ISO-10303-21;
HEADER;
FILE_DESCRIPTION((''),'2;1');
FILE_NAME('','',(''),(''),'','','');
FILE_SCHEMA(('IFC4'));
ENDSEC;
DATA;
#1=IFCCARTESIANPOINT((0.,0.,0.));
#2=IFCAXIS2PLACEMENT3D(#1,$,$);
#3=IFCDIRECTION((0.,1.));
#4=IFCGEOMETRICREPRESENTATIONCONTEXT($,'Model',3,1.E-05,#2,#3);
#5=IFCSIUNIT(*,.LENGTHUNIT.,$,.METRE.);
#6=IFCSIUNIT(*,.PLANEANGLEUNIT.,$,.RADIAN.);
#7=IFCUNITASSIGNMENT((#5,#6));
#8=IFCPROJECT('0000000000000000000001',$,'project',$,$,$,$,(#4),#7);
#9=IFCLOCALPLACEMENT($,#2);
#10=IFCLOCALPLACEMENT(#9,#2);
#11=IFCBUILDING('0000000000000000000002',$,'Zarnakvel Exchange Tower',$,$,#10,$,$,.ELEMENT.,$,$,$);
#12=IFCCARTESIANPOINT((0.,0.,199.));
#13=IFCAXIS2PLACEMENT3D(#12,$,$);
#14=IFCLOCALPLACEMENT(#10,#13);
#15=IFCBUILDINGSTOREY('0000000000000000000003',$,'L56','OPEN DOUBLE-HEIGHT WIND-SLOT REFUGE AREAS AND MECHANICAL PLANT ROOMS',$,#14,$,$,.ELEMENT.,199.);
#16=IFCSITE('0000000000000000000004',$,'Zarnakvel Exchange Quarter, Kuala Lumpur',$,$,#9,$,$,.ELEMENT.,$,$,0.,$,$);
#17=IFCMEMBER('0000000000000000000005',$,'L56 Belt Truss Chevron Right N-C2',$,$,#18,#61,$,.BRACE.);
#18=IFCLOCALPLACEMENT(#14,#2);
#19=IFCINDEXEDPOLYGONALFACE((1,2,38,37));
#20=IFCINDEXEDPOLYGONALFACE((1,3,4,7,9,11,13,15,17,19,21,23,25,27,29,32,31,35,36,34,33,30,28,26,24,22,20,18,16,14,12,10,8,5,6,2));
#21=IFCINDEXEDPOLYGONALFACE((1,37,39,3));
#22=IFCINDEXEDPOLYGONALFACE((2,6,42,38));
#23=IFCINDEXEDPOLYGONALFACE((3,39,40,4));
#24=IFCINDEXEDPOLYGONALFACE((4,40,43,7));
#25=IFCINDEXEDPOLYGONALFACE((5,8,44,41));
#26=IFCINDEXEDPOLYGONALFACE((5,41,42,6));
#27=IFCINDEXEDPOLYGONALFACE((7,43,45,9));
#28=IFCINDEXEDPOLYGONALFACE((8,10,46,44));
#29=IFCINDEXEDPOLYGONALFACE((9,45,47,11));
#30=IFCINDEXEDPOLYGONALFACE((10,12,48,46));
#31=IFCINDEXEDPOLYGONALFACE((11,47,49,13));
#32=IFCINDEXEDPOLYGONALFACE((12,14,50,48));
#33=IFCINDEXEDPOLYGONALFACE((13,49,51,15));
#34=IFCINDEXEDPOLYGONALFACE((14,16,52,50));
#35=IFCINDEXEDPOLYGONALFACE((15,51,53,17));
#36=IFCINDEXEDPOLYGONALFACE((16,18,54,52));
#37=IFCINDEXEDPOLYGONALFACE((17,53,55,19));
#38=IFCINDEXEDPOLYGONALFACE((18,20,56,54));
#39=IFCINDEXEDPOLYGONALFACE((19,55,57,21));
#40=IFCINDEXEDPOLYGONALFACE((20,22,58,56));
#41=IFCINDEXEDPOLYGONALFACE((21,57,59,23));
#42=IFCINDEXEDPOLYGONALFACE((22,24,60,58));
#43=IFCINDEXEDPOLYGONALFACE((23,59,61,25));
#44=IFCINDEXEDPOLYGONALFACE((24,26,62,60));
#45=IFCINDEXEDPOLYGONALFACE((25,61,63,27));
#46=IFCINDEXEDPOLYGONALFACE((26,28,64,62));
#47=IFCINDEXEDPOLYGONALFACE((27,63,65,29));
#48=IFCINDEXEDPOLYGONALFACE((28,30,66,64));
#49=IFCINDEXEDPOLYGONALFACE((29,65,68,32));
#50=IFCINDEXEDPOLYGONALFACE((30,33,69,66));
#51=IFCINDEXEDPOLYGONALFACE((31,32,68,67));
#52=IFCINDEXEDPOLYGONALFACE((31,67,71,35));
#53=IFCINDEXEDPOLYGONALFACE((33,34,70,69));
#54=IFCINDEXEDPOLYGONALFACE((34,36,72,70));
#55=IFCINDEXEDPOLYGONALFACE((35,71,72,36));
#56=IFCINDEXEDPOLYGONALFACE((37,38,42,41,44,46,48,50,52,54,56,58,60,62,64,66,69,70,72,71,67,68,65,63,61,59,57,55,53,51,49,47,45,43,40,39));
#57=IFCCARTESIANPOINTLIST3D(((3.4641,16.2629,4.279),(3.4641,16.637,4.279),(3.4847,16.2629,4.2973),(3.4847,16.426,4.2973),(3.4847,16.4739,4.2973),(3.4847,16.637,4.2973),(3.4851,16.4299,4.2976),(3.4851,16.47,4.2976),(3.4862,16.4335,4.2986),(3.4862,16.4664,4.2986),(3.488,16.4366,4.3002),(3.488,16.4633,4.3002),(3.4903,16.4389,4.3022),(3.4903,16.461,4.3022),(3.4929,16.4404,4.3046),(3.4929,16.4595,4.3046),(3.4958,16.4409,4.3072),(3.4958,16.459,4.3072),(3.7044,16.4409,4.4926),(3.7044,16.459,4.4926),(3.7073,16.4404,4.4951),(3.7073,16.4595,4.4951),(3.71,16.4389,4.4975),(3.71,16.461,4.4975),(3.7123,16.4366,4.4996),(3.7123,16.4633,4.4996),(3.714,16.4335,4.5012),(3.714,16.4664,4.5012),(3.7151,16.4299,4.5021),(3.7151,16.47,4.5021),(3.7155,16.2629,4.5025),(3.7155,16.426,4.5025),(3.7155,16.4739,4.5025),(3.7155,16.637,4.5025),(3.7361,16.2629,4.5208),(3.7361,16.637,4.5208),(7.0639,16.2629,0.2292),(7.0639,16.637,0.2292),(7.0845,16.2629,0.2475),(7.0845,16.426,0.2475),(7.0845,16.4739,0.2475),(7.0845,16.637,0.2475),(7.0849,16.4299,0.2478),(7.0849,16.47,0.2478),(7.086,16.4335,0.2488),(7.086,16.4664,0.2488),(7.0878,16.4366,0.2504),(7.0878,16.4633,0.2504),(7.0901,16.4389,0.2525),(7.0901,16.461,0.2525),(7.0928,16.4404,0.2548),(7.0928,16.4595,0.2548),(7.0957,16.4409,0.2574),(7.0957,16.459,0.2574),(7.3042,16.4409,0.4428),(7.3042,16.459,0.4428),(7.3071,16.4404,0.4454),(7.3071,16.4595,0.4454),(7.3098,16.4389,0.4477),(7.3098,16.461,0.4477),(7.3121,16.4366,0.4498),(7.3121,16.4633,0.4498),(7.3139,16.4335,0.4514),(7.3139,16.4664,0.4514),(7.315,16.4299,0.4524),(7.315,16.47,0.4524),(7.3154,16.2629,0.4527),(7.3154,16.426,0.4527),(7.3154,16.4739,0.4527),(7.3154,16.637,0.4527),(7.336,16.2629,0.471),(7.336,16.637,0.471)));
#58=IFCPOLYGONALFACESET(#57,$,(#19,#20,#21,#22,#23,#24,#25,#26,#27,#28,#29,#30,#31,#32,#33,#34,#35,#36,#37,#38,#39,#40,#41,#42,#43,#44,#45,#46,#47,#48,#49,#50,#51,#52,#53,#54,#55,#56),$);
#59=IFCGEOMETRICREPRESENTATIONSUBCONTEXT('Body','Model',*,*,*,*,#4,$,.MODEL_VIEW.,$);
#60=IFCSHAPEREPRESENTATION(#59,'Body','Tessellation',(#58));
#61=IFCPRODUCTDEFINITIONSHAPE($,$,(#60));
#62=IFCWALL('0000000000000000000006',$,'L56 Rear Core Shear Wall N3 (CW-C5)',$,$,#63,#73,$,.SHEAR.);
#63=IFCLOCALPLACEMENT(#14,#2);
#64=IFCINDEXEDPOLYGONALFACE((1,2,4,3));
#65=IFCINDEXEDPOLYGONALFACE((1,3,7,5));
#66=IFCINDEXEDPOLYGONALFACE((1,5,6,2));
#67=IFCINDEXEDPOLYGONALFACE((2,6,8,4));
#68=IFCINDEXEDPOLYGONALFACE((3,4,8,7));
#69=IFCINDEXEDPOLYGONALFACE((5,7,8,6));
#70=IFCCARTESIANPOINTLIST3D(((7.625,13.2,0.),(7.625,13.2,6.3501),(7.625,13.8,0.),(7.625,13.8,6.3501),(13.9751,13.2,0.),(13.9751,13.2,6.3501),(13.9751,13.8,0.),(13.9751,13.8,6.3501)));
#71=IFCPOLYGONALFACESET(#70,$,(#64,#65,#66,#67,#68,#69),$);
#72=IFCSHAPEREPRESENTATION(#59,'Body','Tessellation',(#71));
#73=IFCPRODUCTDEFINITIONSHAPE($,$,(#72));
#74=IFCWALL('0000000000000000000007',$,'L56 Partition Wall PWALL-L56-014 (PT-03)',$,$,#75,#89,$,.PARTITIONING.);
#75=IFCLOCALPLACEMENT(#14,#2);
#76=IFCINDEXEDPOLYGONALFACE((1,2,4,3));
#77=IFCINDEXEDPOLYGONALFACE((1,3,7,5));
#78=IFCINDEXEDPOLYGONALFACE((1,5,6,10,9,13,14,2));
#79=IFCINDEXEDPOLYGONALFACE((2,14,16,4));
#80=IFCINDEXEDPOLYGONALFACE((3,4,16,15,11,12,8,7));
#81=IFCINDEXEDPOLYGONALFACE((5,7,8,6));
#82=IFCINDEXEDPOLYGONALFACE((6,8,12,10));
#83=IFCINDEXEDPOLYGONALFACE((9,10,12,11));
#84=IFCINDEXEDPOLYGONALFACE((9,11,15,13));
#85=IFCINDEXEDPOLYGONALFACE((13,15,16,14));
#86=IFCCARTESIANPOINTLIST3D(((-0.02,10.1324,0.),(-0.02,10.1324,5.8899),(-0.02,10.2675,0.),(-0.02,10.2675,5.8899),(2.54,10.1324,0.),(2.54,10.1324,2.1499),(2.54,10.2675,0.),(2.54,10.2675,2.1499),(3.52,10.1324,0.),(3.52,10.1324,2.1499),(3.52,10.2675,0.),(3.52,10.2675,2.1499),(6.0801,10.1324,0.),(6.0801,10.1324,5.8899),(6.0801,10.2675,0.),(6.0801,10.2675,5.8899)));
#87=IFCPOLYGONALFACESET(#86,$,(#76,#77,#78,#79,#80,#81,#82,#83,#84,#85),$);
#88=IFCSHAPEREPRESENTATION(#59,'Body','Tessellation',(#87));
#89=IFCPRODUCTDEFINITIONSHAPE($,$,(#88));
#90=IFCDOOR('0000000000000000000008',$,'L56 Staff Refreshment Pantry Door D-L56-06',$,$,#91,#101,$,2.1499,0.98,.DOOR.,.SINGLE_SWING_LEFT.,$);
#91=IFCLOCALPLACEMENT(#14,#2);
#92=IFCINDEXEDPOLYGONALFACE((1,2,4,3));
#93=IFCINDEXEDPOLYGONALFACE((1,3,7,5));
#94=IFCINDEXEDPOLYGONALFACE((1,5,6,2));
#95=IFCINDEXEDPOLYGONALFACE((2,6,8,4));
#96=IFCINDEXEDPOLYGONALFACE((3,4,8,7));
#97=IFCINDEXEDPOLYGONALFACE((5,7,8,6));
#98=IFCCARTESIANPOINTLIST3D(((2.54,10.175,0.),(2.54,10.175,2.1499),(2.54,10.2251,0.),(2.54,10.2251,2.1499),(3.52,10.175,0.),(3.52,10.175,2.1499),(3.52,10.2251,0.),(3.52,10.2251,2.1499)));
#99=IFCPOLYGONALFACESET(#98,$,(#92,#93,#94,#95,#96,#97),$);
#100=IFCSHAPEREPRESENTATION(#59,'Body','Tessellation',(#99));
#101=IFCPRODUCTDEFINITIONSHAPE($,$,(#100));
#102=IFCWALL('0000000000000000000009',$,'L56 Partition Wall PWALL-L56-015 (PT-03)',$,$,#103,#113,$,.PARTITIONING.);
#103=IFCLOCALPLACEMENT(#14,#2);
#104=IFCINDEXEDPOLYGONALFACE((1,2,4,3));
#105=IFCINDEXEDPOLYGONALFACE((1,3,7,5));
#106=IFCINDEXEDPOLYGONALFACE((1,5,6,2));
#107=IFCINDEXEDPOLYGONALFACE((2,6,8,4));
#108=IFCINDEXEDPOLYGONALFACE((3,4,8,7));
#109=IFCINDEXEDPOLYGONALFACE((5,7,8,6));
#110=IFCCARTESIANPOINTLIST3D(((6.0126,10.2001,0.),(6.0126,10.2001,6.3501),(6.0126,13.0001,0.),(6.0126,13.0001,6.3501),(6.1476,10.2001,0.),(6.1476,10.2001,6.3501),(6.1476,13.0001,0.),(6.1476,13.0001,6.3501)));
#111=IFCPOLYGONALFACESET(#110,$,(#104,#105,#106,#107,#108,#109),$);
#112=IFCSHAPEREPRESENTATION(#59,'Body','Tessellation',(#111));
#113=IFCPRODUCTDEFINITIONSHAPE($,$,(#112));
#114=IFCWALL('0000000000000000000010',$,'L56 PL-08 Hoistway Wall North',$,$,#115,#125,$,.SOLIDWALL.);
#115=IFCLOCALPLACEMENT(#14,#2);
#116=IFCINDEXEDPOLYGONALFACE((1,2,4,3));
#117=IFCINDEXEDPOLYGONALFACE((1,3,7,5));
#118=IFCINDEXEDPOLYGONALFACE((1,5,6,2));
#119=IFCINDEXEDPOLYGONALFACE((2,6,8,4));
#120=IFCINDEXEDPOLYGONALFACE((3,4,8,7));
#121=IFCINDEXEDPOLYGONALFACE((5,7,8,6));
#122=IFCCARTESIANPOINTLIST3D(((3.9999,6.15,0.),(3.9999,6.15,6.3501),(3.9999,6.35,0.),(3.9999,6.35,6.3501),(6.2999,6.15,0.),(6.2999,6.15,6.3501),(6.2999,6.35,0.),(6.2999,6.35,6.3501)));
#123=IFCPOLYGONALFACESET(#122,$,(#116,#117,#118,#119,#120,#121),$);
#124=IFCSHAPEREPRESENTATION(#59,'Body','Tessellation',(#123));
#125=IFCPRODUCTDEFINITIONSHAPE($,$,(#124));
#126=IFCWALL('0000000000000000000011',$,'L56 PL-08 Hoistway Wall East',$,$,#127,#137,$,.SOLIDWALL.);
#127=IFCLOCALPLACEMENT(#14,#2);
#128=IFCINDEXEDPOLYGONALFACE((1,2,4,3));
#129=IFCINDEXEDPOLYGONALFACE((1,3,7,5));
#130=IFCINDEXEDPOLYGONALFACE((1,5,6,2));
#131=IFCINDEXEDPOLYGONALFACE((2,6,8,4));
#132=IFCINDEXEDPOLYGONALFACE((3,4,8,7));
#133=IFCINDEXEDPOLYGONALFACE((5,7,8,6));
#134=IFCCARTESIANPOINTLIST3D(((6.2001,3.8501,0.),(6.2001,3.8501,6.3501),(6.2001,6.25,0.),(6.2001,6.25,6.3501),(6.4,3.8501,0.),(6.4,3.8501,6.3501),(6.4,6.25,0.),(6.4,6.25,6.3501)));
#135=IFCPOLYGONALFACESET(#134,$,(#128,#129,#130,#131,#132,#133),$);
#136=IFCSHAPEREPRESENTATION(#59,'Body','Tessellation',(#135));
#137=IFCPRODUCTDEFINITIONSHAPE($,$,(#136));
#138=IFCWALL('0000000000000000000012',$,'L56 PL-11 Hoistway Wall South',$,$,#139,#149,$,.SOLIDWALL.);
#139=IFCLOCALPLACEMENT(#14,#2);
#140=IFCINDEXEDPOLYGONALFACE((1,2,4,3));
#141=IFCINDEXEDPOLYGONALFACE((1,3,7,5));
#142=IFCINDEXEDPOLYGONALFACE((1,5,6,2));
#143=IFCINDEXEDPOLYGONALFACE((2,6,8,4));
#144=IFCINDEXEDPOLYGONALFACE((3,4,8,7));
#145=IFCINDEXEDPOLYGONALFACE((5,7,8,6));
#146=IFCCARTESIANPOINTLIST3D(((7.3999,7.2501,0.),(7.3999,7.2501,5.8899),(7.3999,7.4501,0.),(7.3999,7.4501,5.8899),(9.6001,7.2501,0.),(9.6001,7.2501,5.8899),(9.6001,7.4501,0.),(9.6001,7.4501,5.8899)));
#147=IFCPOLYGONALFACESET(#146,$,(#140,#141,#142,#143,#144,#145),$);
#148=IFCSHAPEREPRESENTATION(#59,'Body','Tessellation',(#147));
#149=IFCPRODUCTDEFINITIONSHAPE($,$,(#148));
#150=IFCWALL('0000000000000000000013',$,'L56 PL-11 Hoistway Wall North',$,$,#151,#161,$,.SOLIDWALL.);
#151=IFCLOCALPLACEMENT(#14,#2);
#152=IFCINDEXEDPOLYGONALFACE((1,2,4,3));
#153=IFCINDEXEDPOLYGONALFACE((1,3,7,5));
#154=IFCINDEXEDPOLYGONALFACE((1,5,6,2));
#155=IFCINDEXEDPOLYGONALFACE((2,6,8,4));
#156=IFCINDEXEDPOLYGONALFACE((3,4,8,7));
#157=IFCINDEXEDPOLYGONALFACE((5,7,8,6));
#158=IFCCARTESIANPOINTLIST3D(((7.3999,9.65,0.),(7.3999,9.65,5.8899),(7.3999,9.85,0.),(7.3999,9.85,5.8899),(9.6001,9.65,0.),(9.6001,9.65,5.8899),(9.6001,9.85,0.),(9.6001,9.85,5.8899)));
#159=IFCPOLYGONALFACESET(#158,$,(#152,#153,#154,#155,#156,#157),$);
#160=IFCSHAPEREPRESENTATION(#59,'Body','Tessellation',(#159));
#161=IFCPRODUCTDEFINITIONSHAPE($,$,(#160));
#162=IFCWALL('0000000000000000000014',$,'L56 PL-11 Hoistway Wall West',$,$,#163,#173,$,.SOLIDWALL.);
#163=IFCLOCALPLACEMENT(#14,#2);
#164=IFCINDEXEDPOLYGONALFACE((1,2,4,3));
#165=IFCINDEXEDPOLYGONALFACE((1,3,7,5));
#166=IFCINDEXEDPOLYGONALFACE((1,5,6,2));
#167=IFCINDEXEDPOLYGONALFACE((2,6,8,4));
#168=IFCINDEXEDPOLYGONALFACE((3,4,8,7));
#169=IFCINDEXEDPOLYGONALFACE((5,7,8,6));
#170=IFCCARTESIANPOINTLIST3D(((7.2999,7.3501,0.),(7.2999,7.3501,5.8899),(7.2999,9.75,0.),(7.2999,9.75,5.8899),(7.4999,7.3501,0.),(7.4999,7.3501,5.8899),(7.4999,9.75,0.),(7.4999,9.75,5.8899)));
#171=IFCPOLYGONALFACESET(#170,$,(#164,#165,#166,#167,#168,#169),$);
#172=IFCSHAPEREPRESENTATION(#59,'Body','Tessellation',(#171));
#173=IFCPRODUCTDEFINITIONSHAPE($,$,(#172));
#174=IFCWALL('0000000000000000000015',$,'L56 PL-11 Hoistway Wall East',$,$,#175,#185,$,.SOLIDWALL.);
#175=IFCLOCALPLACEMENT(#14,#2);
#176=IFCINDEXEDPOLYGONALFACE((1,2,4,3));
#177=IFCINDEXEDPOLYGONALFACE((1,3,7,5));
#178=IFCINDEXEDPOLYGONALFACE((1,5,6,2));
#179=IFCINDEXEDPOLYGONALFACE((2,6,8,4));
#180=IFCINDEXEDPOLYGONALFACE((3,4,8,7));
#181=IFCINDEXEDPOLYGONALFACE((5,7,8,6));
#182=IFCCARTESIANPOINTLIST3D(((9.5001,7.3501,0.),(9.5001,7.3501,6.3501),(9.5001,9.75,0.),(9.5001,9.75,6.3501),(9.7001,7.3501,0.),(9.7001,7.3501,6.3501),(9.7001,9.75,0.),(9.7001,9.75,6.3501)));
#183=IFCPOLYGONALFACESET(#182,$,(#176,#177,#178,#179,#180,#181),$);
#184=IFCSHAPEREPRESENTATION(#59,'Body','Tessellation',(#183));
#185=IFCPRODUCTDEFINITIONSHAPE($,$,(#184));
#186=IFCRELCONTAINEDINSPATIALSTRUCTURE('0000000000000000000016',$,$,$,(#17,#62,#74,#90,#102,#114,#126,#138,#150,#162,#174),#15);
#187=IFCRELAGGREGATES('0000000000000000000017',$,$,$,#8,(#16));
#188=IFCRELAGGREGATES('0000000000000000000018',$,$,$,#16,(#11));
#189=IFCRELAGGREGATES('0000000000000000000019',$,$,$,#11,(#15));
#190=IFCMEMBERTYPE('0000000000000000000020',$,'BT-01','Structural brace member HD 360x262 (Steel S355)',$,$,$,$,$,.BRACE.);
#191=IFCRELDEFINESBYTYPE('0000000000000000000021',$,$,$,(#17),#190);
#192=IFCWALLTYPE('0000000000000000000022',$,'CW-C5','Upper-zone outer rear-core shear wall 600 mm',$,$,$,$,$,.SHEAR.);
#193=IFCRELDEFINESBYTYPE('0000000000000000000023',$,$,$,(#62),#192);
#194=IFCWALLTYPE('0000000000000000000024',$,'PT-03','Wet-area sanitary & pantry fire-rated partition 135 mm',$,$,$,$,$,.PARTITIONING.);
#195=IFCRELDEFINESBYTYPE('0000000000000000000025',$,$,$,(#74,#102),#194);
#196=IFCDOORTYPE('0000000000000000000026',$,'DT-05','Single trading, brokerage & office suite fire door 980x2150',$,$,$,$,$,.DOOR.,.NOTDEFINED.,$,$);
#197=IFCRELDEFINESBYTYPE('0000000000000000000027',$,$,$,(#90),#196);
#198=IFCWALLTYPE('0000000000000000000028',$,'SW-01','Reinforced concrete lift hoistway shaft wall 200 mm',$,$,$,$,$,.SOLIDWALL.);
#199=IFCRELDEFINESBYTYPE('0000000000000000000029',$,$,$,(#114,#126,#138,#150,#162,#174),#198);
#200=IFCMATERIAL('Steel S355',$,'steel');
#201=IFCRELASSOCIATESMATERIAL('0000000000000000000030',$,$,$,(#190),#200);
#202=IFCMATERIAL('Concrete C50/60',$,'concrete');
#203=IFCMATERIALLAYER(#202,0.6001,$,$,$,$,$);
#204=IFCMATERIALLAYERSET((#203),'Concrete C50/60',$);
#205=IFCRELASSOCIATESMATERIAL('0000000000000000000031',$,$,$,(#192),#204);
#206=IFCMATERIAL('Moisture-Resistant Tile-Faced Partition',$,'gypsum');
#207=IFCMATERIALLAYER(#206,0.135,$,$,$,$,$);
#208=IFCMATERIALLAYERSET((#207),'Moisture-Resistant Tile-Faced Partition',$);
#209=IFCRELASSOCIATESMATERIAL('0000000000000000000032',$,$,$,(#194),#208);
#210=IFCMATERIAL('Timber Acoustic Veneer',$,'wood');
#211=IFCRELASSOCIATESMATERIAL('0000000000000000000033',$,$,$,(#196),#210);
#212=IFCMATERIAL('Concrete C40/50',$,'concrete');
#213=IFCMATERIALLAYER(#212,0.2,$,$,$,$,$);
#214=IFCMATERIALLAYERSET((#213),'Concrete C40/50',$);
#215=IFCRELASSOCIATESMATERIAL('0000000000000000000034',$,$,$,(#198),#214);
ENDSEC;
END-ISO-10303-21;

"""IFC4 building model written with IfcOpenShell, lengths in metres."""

from ifc_helpers import new_model, si_unit, direction, frame, frame_2d, origin, origin_2d, place, context, subcontext, project, spatial, rectangle, i_section, extrude, source, transform, mapped, material, layer, layer_set, material_profile, profile_set, type_object, element, fill, save


model = new_model("IFC4")

# Units and contexts
model_context = context("Model", 3, precision=1e-05, world=origin(), true_north=direction((0.0, 1.0)))
body_context = subcontext(model_context, "Body", "Model", "MODEL_VIEW")
ifc_project = project(units=[si_unit("LENGTHUNIT", "METRE"), si_unit("PLANEANGLEUNIT", "RADIAN")], contexts=[model_context])

# Site, building, storey
site_placement = place(None, origin())
site = spatial("IfcSite", under=ifc_project, at=site_placement, Name="Zarnakvel Exchange Quarter, Kuala Lumpur", CompositionType="ELEMENT", RefElevation=0.0)
building_placement = place(site_placement, origin())
building = spatial("IfcBuilding", under=site, at=building_placement, Name="Zarnakvel Exchange Tower", CompositionType="ELEMENT")
storey_placement = place(building_placement, frame((0.0, 0.0, 199.0)))
storey = spatial("IfcBuildingStorey", under=building, at=storey_placement, Name="L56", Description="OPEN DOUBLE-HEIGHT WIND-SLOT REFUGE AREAS AND MECHANICAL PLANT ROOMS", CompositionType="ELEMENT", Elevation=199.0)

# Shared definitions
ifc_material_1 = material(Name="Concrete C50/60", Category="concrete")

# Shared definitions
ifc_material_2 = material(Name="Steel S355", Category="steel")

# Member
ifc_material_profile_1 = material_profile(ifc_material_2, i_section(OverallWidth=0.374, OverallDepth=0.364, WebThickness=0.0181, FlangeThickness=0.0276, FilletRadius=0.0149, at=origin_2d()))
ifc_profile_set_1 = profile_set([ifc_material_profile_1], Name="Steel S355")
member_type_1 = type_object("IfcMemberType", Name="BT-01", Description="Structural brace member HD 360x262 (Steel S355)", PredefinedType="BRACE", material=ifc_profile_set_1)
shared_shape_1 = source(origin(), body_context, "Body", "SweptSolid", [
    extrude(i_section(OverallWidth=0.374, OverallDepth=0.364, WebThickness=0.0181, FlangeThickness=0.0276, FilletRadius=0.0149, at=origin_2d()), origin(), (0.0, 0.0, 1.0), 5.4185),
])
member_1_placement = place(storey_placement, frame((7.2, 16.45, 0.3501), z_axis=(-0.664367, 0.0, 0.747407), x_axis=(0.0, -1.0, 0.0)))
element("IfcMember", 1, at=member_1_placement, inside=storey, type_object=member_type_1, Name="L56 Belt Truss Chevron Right N-C2", PredefinedType="BRACE", context=body_context, shape_type="MappedRepresentation", body=[
    mapped(shared_shape_1, transform((0.0, 0.0, 0.0), x_axis=(1.0, 0.0, 0.0), y_axis=(0.0, 1.0, 0.0), z_axis=(0.0, 0.0, 1.0), scale=1.0)),
])

# Wall
ifc_layer_1 = layer(ifc_material_1, 0.6001)
ifc_layer_set_1 = layer_set([ifc_layer_1], Name="Concrete C50/60")
wall_type_1 = type_object("IfcWallType", Name="CW-C5", Description="Upper-zone outer rear-core shear wall 600 mm", PredefinedType="SHEAR", material=ifc_layer_set_1)
wall_1_placement = place(storey_placement, frame((7.625, 13.5, 0.0), z_axis=(0.0, 0.0, 1.0), x_axis=(1.0, 0.0, 0.0)))
element("IfcWall", 2, at=wall_1_placement, inside=storey, type_object=wall_type_1, Name="L56 Rear Core Shear Wall N3 (CW-C5)", PredefinedType="SHEAR", context=body_context, shape_type="SweptSolid", body=[
    extrude(rectangle(XDim=6.3501, YDim=0.6001, at=frame_2d((3.175, 0.0))), origin(), (0.0, 0.0, 1.0), 6.3501),
])

# Wall, opening, door
ifc_material_3 = material(Name="Moisture-Resistant Tile-Faced Partition", Category="gypsum")
ifc_layer_2 = layer(ifc_material_3, 0.135)
ifc_layer_set_2 = layer_set([ifc_layer_2], Name="Moisture-Resistant Tile-Faced Partition")
wall_type_2 = type_object("IfcWallType", Name="PT-03", Description="Wet-area sanitary & pantry fire-rated partition 135 mm", PredefinedType="PARTITIONING", material=ifc_layer_set_2)
wall_2_placement = place(storey_placement, frame((6.0801, 10.2, 0.0), z_axis=(0.0, 0.0, 1.0), x_axis=(-1.0, 0.0, 0.0)))
wall_2 = element("IfcWall", 3, at=wall_2_placement, inside=storey, type_object=wall_type_2, Name="L56 Partition Wall PWALL-L56-014 (PT-03)", PredefinedType="PARTITIONING", context=body_context, shape_type="SweptSolid", body=[
    extrude(rectangle(XDim=6.1001, YDim=0.135, at=frame_2d((3.05, 0.0))), origin(), (0.0, 0.0, 1.0), 5.8899),
])
opening_placement = place(wall_2_placement, frame((2.5601, 0.0, 0.0)))
opening = element("IfcOpeningElement", 4, at=opening_placement, cuts=wall_2, PredefinedType="OPENING", context=body_context, shape_type="SweptSolid", body=[
    extrude(rectangle(XDim=0.98, YDim=2.1499, at=frame_2d((0.49, 1.075))), frame((0.0, 0.0774, 0.0), z_axis=(0.0, -1.0, 0.0), x_axis=(1.0, 0.0, 0.0)), (0.0, 0.0, 1.0), 0.155),
])
ifc_material_4 = material(Name="Timber Acoustic Veneer", Category="wood")
door_type = type_object("IfcDoorType", Name="DT-05", Description="Single trading, brokerage & office suite fire door 980x2150", OperationType="NOTDEFINED", PredefinedType="DOOR", material=ifc_material_4)
shared_shape_2 = source(origin(), body_context, "Body", "SweptSolid", [
    extrude(rectangle(XDim=0.98, YDim=2.1499, at=frame_2d((0.49, 1.075))), frame((0.0, 0.0249, 0.0), z_axis=(0.0, -1.0, 0.0), x_axis=(1.0, 0.0, 0.0)), (0.0, 0.0, 1.0), 0.05),
])
door_placement = place(opening_placement, origin())
door = element("IfcDoor", 5, at=door_placement, inside=storey, type_object=door_type, Name="L56 Staff Refreshment Pantry Door D-L56-06", OperationType="SINGLE_SWING_LEFT", OverallHeight=2.1499, OverallWidth=0.98, PredefinedType="DOOR", context=body_context, shape_type="MappedRepresentation", body=[
    mapped(shared_shape_2, transform((0.0, 0.0, 0.0), x_axis=(1.0, 0.0, 0.0), y_axis=(0.0, 1.0, 0.0), z_axis=(0.0, 0.0, 1.0), scale=1.0)),
])
fill(opening, door)

# Walls
wall_3_placement = place(storey_placement, frame((6.0801, 13.0, 0.0), z_axis=(0.0, 0.0, 1.0), x_axis=(0.0, -1.0, 0.0)))
element("IfcWall", 6, at=wall_3_placement, inside=storey, type_object=wall_type_2, Name="L56 Partition Wall PWALL-L56-015 (PT-03)", PredefinedType="PARTITIONING", context=body_context, shape_type="SweptSolid", body=[
    extrude(rectangle(XDim=2.8, YDim=0.135, at=frame_2d((1.3999, 0.0))), origin(), (0.0, 0.0, 1.0), 6.3501),
])
ifc_material_5 = material(Name="Concrete C40/50", Category="concrete")
ifc_layer_3 = layer(ifc_material_5, 0.2)
ifc_layer_set_3 = layer_set([ifc_layer_3], Name="Concrete C40/50")
wall_type_3 = type_object("IfcWallType", Name="SW-01", Description="Reinforced concrete lift hoistway shaft wall 200 mm", PredefinedType="SOLIDWALL", material=ifc_layer_set_3)
wall_4_placement = place(storey_placement, frame((4.0, 6.25, 0.0), z_axis=(0.0, 0.0, 1.0), x_axis=(1.0, 0.0, 0.0)))
element("IfcWall", 7, at=wall_4_placement, inside=storey, type_object=wall_type_3, Name="L56 PL-08 Hoistway Wall North", PredefinedType="SOLIDWALL", context=body_context, shape_type="SweptSolid", body=[
    extrude(rectangle(XDim=2.3, YDim=0.2, at=frame_2d((1.1499, 0.0))), origin(), (0.0, 0.0, 1.0), 6.3501),
])
wall_5_placement = place(storey_placement, frame((6.3, 6.25, 0.0), z_axis=(0.0, 0.0, 1.0), x_axis=(0.0, -1.0, 0.0)))
element("IfcWall", 8, at=wall_5_placement, inside=storey, type_object=wall_type_3, Name="L56 PL-08 Hoistway Wall East", PredefinedType="SOLIDWALL", context=body_context, shape_type="SweptSolid", body=[
    extrude(rectangle(XDim=2.3999, YDim=0.2, at=frame_2d((1.2, 0.0))), origin(), (0.0, 0.0, 1.0), 6.3501),
])
for number, where, z_axis, x_axis, name in (
    (9, (9.6001, 7.3501, 0.0), (0.0, 0.0, 1.0), (-1.0, 0.0, 0.0), "L56 PL-11 Hoistway Wall South"),
    (10, (7.3999, 9.75, 0.0), (0.0, 0.0, 1.0), (1.0, 0.0, 0.0), "L56 PL-11 Hoistway Wall North"),
):
    element("IfcWall", number, at=place(storey_placement, frame(where, z_axis=z_axis, x_axis=x_axis)), inside=storey, type_object=wall_type_3, Name=name, PredefinedType="SOLIDWALL", context=body_context, shape_type="SweptSolid", body=[
        extrude(rectangle(XDim=2.2002, YDim=0.2, at=frame_2d((1.1001, 0.0))), origin(), (0.0, 0.0, 1.0), 5.8899),
    ])
wall_6_placement = place(storey_placement, frame((7.3999, 7.3501, 0.0), z_axis=(0.0, 0.0, 1.0), x_axis=(0.0, 1.0, 0.0)))
element("IfcWall", 11, at=wall_6_placement, inside=storey, type_object=wall_type_3, Name="L56 PL-11 Hoistway Wall West", PredefinedType="SOLIDWALL", context=body_context, shape_type="SweptSolid", body=[
    extrude(rectangle(XDim=2.3999, YDim=0.2, at=frame_2d((1.2, 0.0))), origin(), (0.0, 0.0, 1.0), 5.8899),
])
wall_7_placement = place(storey_placement, frame((9.6001, 9.75, 0.0), z_axis=(0.0, 0.0, 1.0), x_axis=(0.0, -1.0, 0.0)))
element("IfcWall", 12, at=wall_7_placement, inside=storey, type_object=wall_type_3, Name="L56 PL-11 Hoistway Wall East", PredefinedType="SOLIDWALL", context=body_context, shape_type="SweptSolid", body=[
    extrude(rectangle(XDim=2.3999, YDim=0.2, at=frame_2d((1.2, 0.0))), origin(), (0.0, 0.0, 1.0), 6.3501),
])

save(model, "model.ifc")
